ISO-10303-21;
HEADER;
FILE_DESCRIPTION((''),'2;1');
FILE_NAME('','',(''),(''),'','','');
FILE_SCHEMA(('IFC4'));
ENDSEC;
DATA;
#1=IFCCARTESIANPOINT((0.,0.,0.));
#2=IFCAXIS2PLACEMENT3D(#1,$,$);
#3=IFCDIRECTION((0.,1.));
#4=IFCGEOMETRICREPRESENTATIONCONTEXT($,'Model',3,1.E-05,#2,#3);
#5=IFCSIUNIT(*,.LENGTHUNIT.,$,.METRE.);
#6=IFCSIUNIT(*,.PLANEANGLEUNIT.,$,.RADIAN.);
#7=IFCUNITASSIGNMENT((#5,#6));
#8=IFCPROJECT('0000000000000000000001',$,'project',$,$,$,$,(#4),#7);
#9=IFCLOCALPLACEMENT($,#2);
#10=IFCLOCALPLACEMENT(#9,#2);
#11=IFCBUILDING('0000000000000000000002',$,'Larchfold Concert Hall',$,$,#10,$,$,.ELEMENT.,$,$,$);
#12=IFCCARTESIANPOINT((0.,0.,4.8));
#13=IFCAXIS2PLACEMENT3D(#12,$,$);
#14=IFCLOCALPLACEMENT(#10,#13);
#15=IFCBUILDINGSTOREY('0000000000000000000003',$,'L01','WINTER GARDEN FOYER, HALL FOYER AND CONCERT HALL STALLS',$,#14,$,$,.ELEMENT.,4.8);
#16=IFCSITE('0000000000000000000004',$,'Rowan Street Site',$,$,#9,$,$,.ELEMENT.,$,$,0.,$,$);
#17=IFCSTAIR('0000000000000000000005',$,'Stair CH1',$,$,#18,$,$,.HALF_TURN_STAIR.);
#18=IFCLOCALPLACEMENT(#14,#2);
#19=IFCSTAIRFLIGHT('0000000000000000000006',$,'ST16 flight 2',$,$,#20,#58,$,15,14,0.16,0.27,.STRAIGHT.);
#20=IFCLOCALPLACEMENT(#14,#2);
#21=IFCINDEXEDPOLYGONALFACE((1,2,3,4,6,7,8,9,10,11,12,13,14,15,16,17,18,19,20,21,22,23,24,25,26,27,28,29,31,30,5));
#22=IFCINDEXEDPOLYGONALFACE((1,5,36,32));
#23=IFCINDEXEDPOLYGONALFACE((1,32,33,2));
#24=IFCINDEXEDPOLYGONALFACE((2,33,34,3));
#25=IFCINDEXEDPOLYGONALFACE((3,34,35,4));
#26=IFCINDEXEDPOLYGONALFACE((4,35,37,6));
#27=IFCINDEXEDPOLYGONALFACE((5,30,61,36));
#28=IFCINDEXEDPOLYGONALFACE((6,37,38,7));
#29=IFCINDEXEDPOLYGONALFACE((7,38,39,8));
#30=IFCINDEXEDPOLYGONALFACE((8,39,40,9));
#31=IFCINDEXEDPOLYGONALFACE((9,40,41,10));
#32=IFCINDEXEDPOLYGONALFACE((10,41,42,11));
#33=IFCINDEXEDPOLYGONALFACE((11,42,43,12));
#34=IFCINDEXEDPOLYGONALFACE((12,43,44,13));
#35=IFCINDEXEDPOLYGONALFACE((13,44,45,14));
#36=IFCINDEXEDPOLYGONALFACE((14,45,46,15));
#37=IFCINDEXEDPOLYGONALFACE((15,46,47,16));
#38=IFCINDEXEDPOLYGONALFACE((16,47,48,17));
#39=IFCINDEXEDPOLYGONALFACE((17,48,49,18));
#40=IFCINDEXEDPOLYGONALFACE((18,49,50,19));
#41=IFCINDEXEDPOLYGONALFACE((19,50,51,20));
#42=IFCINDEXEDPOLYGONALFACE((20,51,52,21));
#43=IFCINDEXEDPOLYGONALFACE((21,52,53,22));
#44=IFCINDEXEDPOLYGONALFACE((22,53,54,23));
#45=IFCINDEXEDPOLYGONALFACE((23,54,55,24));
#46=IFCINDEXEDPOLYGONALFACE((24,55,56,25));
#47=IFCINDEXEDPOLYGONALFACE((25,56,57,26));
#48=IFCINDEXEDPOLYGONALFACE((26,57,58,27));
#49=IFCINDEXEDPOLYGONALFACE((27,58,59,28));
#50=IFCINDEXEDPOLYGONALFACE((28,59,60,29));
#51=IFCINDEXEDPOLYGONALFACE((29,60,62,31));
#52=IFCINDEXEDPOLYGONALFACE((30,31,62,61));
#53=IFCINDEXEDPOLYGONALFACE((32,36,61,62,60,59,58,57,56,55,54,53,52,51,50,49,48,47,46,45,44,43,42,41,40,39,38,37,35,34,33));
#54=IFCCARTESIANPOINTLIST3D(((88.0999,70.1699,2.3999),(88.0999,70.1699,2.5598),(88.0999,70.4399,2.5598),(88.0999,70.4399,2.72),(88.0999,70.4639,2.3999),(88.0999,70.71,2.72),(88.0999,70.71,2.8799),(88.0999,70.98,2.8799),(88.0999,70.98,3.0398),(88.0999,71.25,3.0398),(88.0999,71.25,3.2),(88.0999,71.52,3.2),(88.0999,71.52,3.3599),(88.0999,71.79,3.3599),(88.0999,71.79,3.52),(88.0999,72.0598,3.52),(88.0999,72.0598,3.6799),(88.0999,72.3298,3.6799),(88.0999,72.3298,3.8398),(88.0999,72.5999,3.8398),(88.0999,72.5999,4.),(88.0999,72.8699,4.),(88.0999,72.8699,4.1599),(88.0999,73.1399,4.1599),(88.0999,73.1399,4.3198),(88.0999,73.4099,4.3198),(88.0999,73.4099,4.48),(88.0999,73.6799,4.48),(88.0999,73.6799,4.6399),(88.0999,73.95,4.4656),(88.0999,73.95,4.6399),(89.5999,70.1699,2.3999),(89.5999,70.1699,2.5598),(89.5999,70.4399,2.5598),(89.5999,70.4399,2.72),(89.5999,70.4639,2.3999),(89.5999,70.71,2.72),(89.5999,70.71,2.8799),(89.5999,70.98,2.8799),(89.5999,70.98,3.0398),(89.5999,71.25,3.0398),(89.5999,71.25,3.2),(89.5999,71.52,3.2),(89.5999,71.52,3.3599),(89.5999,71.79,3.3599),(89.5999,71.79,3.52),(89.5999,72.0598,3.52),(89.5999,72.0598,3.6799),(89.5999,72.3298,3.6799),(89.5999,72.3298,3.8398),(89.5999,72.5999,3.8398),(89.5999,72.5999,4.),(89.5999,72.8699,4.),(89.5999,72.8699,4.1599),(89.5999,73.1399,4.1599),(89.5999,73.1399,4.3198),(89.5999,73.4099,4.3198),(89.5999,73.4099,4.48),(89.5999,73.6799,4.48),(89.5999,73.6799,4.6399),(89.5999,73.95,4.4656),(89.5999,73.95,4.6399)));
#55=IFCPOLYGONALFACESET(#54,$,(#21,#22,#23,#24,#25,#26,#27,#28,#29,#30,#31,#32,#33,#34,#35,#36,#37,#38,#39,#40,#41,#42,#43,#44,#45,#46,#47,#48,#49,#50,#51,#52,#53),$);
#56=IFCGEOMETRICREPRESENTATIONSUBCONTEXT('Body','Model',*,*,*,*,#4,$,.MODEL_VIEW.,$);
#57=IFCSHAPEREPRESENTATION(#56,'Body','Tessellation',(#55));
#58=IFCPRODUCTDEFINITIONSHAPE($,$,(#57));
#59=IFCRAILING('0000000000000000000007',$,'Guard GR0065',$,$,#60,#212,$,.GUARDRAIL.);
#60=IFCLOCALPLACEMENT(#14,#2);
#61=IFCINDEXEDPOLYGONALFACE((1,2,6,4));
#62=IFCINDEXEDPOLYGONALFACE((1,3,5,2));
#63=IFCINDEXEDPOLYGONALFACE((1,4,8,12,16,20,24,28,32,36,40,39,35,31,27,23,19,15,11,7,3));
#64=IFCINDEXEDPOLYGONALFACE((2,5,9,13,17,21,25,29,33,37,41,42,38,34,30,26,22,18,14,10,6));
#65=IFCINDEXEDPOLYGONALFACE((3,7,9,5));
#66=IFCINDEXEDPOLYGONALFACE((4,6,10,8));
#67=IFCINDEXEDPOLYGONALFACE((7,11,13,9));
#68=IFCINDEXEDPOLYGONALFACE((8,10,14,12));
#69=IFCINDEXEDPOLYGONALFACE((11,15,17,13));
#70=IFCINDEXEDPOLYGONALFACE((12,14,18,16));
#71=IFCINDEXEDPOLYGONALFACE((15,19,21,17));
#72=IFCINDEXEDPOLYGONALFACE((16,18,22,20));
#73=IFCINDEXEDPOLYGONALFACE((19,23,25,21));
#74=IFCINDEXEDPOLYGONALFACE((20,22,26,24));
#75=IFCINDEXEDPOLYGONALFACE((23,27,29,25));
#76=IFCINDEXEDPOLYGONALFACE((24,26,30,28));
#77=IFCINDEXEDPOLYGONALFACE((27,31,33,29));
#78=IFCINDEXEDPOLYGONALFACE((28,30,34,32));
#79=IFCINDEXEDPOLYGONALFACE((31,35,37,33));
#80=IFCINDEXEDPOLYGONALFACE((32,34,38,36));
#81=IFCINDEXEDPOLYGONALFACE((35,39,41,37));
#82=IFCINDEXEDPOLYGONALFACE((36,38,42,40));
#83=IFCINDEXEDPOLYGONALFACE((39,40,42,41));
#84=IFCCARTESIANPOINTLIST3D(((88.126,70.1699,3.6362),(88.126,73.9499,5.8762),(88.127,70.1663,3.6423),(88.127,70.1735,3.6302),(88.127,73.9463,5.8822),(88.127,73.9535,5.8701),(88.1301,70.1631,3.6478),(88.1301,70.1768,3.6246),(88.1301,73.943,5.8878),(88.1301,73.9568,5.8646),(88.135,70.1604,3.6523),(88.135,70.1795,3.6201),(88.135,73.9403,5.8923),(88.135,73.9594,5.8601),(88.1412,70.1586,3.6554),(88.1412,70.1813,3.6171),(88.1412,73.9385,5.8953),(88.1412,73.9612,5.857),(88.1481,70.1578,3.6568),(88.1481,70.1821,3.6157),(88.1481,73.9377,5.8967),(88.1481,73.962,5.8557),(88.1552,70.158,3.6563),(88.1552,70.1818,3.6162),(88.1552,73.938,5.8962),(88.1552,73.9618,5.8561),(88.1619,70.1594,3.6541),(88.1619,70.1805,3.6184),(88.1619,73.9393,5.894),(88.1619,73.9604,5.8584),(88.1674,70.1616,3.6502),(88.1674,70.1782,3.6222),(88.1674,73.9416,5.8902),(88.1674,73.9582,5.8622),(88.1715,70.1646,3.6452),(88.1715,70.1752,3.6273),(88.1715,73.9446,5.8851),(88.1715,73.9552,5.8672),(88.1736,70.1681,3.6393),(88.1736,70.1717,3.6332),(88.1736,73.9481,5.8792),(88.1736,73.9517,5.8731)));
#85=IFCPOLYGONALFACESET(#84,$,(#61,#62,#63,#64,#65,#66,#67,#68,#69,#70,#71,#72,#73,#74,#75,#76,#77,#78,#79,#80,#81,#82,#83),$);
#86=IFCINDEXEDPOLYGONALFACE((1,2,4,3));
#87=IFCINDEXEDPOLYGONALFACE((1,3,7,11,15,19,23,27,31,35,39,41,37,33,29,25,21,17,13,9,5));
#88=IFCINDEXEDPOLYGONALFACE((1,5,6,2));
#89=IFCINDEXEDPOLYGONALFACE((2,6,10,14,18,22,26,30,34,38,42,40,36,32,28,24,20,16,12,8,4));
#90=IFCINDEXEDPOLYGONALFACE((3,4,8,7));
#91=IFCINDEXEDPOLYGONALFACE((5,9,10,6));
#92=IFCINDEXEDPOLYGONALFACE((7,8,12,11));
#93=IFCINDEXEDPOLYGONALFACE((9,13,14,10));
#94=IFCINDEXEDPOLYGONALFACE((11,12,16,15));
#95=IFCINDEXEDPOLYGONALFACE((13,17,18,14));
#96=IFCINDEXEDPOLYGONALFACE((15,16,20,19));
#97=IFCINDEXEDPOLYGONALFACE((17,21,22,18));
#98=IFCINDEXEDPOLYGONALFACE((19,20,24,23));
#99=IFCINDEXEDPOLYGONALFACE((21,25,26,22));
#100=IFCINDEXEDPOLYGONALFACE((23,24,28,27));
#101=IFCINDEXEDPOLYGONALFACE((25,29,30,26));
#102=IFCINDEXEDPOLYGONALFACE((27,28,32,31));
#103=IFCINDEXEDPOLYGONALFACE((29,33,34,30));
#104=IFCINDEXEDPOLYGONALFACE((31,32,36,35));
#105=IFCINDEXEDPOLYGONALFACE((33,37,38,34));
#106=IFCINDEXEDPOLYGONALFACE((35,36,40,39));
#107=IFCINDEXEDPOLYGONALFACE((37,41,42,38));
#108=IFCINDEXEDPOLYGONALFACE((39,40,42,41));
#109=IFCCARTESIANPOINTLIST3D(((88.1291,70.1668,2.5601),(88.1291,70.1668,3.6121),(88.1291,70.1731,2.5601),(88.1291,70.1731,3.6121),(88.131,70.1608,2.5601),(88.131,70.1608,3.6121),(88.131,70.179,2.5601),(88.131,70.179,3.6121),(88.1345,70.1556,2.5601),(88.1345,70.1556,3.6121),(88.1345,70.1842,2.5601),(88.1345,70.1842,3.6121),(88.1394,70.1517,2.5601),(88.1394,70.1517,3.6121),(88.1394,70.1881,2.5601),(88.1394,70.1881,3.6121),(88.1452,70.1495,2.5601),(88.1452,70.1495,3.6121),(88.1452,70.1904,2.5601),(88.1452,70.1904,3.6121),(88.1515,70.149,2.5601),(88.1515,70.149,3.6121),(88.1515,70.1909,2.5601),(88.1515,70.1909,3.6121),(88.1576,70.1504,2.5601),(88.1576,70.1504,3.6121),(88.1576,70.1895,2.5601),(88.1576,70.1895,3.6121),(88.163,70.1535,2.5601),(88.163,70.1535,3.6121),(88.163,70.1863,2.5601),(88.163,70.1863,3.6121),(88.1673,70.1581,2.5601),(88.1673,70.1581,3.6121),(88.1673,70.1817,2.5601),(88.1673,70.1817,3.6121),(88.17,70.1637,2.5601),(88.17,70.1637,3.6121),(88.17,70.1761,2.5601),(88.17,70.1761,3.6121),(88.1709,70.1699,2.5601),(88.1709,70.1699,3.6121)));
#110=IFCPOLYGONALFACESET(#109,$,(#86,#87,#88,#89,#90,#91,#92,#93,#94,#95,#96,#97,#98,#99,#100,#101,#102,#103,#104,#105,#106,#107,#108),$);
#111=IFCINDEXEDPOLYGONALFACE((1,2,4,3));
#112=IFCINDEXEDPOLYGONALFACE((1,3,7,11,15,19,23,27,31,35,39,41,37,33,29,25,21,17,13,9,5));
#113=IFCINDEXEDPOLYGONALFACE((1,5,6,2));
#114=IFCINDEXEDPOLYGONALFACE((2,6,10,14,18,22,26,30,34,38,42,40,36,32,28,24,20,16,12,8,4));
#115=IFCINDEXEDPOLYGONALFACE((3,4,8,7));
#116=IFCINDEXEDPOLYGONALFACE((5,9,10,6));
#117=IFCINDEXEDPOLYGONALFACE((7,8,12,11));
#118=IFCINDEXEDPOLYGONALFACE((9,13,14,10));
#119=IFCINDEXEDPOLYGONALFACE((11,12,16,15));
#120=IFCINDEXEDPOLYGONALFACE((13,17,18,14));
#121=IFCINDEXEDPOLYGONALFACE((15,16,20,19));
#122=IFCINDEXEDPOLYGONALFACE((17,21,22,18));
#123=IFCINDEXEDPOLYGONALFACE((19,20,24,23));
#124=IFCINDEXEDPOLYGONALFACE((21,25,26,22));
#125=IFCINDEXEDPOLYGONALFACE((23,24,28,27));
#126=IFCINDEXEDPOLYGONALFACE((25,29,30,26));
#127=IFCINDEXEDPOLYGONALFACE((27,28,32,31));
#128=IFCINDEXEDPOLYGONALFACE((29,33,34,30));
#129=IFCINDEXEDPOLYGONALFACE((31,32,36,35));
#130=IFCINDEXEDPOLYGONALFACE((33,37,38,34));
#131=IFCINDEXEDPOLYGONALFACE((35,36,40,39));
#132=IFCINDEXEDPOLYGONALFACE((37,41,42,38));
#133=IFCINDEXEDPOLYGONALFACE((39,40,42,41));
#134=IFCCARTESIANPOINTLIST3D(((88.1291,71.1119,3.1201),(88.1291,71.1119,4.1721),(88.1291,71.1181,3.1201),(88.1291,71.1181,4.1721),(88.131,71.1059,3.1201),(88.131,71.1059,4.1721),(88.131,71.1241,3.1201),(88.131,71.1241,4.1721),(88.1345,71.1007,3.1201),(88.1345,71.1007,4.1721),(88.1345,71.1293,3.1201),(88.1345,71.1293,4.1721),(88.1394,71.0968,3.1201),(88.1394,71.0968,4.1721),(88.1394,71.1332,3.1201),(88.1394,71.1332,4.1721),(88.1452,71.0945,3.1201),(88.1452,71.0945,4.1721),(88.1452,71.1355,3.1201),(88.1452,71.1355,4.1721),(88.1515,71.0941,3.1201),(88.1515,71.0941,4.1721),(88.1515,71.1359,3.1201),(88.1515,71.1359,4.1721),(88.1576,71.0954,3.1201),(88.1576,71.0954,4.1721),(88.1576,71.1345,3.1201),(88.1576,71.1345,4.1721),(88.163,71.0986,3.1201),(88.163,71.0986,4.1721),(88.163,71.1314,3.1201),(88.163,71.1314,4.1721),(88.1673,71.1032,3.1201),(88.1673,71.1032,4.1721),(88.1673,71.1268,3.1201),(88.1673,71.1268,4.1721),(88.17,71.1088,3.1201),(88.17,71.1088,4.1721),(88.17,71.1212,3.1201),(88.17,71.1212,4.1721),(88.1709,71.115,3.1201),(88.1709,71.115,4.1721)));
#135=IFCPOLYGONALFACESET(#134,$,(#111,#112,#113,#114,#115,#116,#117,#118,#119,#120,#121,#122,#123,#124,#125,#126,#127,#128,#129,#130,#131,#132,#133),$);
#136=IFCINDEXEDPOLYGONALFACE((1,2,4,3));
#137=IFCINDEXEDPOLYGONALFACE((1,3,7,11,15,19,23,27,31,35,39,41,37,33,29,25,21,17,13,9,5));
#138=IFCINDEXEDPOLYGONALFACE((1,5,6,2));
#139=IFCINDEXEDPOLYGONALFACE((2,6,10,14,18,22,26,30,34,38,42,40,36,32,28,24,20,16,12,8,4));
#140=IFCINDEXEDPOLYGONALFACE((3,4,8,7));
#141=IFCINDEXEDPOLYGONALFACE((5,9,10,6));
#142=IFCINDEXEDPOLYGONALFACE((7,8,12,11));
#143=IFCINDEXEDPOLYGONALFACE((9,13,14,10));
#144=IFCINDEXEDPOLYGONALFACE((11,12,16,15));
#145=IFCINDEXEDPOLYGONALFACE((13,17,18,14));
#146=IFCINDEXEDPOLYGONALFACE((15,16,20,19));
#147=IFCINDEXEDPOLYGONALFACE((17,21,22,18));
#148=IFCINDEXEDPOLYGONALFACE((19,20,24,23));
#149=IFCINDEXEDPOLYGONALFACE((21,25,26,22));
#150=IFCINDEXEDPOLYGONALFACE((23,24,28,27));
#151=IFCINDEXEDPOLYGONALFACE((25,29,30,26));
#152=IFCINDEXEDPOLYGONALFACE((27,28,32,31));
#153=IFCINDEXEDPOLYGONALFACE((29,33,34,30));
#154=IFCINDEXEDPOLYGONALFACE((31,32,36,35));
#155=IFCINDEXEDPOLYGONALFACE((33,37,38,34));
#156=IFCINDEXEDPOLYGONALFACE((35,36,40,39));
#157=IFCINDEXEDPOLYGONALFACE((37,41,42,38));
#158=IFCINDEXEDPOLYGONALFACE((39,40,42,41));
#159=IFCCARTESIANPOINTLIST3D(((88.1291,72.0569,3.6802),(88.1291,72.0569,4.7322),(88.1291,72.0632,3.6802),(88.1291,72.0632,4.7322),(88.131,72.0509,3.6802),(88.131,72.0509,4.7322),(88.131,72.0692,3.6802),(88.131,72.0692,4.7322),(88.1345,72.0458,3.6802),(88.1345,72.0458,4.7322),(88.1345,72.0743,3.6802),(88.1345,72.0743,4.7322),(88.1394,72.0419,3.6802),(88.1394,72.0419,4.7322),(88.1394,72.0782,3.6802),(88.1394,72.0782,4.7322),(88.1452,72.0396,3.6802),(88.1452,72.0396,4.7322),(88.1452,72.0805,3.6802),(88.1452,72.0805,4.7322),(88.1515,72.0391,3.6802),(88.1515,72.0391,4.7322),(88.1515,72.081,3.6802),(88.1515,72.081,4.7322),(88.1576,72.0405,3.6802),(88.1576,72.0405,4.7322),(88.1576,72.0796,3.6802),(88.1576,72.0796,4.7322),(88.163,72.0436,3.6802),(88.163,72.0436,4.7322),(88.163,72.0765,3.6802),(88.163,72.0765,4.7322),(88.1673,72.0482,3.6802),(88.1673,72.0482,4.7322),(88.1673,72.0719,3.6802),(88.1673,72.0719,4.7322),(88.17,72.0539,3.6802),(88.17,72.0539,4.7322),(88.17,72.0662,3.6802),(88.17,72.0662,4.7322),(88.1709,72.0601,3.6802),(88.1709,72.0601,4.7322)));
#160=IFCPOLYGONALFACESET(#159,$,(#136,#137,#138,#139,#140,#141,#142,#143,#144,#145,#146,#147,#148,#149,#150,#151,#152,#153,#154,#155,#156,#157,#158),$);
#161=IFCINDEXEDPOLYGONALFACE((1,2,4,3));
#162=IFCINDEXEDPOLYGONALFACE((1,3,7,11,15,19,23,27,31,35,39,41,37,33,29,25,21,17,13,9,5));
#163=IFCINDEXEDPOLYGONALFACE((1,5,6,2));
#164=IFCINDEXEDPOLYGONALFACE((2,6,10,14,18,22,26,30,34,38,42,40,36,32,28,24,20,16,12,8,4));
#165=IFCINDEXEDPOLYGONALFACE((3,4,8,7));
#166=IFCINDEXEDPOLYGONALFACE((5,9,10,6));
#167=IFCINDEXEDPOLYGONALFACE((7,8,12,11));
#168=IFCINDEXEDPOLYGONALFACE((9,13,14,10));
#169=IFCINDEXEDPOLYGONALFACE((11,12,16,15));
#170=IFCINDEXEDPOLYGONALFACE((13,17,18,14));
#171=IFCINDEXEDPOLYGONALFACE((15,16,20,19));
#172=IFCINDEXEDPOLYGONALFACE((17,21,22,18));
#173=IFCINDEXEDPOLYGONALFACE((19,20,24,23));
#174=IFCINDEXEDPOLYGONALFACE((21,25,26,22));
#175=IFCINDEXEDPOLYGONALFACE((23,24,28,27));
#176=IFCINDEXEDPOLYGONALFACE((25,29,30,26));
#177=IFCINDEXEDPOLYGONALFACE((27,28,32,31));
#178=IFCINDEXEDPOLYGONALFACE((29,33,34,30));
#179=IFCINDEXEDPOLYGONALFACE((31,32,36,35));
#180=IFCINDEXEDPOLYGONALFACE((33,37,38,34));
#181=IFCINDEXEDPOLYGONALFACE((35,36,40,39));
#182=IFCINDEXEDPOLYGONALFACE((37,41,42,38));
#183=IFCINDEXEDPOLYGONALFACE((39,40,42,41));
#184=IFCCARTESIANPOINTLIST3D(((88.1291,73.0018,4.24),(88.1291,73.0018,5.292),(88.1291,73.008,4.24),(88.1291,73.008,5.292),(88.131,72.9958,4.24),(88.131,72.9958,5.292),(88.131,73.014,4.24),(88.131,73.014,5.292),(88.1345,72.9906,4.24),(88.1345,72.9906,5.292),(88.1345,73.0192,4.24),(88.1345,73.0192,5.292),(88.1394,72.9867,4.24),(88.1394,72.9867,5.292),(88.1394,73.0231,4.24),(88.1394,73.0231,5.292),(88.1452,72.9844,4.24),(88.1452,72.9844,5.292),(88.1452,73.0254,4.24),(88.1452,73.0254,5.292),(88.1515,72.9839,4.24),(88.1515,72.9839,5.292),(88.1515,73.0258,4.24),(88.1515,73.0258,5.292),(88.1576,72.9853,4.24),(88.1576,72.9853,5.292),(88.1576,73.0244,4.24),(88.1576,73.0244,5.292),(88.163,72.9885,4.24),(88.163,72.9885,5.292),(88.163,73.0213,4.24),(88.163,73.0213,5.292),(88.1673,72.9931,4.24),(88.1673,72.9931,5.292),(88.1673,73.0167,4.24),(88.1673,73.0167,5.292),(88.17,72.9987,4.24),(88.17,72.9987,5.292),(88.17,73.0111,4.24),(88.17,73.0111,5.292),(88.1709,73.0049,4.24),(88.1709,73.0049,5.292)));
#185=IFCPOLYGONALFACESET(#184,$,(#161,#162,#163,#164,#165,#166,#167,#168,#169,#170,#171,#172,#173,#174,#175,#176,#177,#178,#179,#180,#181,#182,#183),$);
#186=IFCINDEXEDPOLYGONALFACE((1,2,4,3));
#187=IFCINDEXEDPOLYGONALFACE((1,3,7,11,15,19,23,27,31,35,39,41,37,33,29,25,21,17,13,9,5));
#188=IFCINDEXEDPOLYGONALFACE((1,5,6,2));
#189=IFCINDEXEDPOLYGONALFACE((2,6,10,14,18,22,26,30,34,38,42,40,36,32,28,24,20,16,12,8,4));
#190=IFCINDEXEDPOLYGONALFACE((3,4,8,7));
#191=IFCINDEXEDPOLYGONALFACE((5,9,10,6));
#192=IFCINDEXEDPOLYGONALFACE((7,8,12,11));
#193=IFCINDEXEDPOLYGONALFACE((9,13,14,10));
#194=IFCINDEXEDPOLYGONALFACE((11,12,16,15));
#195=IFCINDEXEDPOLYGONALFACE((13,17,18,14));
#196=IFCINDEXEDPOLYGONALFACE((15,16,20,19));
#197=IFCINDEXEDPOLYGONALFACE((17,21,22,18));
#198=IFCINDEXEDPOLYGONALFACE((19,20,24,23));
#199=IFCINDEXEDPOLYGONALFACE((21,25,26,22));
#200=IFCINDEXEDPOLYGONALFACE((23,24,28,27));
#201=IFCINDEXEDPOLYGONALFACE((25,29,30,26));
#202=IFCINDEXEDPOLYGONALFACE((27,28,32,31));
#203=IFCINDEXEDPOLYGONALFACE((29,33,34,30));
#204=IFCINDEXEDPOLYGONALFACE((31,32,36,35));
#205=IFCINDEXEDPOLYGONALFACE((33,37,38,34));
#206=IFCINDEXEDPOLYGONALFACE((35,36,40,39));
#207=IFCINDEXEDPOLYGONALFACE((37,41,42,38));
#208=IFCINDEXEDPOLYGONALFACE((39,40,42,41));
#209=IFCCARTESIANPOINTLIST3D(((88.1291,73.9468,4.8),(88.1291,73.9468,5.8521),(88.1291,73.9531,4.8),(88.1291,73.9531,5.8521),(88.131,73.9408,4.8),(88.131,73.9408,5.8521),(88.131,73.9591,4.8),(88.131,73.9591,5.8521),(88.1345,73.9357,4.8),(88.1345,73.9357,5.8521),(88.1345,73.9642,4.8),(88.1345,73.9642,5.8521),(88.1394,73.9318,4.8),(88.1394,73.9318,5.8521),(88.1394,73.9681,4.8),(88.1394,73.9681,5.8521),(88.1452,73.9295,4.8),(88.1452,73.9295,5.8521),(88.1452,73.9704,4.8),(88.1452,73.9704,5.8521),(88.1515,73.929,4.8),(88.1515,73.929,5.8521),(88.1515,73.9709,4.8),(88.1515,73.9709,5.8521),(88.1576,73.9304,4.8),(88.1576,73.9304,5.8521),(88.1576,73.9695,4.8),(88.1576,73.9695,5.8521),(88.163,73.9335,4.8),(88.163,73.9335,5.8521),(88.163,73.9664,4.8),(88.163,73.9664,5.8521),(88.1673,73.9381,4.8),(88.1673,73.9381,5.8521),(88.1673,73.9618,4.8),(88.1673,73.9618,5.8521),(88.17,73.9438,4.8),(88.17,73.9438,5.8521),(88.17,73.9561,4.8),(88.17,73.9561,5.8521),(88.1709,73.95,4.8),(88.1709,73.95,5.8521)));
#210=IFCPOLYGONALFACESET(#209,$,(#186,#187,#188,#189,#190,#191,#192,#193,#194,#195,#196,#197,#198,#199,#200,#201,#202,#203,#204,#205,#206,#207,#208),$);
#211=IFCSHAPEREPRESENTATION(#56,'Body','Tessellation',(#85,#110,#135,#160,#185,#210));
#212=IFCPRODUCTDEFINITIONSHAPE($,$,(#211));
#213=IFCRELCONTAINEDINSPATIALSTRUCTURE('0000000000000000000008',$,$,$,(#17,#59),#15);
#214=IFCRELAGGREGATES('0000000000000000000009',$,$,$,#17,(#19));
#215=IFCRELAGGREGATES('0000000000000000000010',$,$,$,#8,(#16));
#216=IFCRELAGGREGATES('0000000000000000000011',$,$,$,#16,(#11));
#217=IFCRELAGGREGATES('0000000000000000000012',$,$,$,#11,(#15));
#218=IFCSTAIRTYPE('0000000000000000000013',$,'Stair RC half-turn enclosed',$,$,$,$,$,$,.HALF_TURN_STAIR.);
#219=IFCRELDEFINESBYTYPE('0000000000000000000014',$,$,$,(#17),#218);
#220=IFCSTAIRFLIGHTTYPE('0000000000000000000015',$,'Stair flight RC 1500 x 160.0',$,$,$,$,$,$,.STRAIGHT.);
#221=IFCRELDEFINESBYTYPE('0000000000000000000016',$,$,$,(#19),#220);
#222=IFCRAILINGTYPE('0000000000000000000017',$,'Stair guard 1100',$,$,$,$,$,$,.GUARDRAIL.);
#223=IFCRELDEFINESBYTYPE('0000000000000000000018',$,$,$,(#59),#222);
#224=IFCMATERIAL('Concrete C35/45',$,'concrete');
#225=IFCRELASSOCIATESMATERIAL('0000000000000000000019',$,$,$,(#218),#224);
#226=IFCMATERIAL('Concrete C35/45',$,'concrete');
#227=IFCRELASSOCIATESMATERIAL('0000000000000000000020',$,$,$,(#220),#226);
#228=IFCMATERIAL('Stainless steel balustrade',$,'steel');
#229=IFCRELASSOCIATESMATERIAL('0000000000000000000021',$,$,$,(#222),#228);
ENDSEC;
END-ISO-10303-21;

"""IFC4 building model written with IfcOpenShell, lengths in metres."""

from ifc_helpers import new_model, si_unit, direction, frame, origin, origin_2d, place, context, subcontext, project, spatial, polyline, circle, outline, extrude, material, type_object, element, aggregate, save


model = new_model("IFC4")

# Units and contexts
model_context = context("Model", 3, precision=1e-05, world=origin(), true_north=direction((0.0, 1.0)))
body_context = subcontext(model_context, "Body", "Model", "MODEL_VIEW")
ifc_project = project(units=[si_unit("LENGTHUNIT", "METRE"), si_unit("PLANEANGLEUNIT", "RADIAN")], contexts=[model_context])

# Site, building, storey
site_placement = place(None, origin())
site = spatial("IfcSite", under=ifc_project, at=site_placement, Name="Rowan Street Site", CompositionType="ELEMENT", RefElevation=0.0)
building_placement = place(site_placement, origin())
building = spatial("IfcBuilding", under=site, at=building_placement, Name="Larchfold Concert Hall", CompositionType="ELEMENT")
storey_placement = place(building_placement, frame((0.0, 0.0, 4.8)))
storey = spatial("IfcBuildingStorey", under=building, at=storey_placement, Name="L01", Description="WINTER GARDEN FOYER, HALL FOYER AND CONCERT HALL STALLS", CompositionType="ELEMENT", Elevation=4.8)

# Stair, stair flight
ifc_material_1 = material(Name="Concrete C35/45", Category="concrete")
stair_type = type_object("IfcStairType", Name="Stair RC half-turn enclosed", PredefinedType="HALF_TURN_STAIR", material=ifc_material_1)
stair_placement = place(storey_placement, origin())
stair = element("IfcStair", 1, at=stair_placement, inside=storey, type_object=stair_type, Name="Stair CH1", PredefinedType="HALF_TURN_STAIR")
ifc_material_2 = material(Name="Concrete C35/45", Category="concrete")
stair_flight_type = type_object("IfcStairFlightType", Name="Stair flight RC 1500 x 160.0", PredefinedType="STRAIGHT", material=ifc_material_2)
stair_flight_placement = place(storey_placement, frame((88.8499, 70.1699, 2.3999), z_axis=(0.0, 0.0, 1.0), x_axis=(0.0, 1.0, 0.0)))
stair_flight = element("IfcStairFlight", 2, at=stair_flight_placement, type_object=stair_flight_type, Name="ST16 flight 2", NumberOfRisers=15, NumberOfTreads=14, PredefinedType="STRAIGHT", RiserHeight=0.16, TreadLength=0.27, context=body_context, shape_type="SweptSolid", body=[
    extrude(outline(polyline([(0.0, 0.0), (0.0, 0.1599), (0.27, 0.1599), (0.27, 0.3201), (0.54, 0.3201), (0.54, 0.48), (0.8101, 0.48), (0.8101, 0.6399), (1.0801, 0.6399), (1.0801, 0.8), (1.3501, 0.8), (1.3501, 0.96), (1.6201, 0.96), (1.6201, 1.1201), (1.8899, 1.1201), (1.8899, 1.28), (2.1599, 1.28), (2.1599, 1.4399), (2.4299, 1.4399), (2.4299, 1.6001), (2.7, 1.6001), (2.7, 1.76), (2.97, 1.76), (2.97, 1.9199), (3.24, 1.9199), (3.24, 2.0801), (3.51, 2.0801), (3.51, 2.24), (3.78, 2.24), (3.78, 2.3999), (3.78, 2.0657), (0.2939, 0.0), (0.0, 0.0)])), frame((0.0, 0.75, 0.0), z_axis=(0.0, -1.0, 0.0), x_axis=(1.0, 0.0, 0.0)), (0.0, 0.0, 1.0), 1.5),
])
aggregate(stair, [stair_flight])

# Railing
ifc_material_3 = material(Name="Stainless steel balustrade", Category="steel")
railing_type_1 = type_object("IfcRailingType", Name="Stair guard 1100", PredefinedType="GUARDRAIL", material=ifc_material_3)
railing_1_placement = place(storey_placement, frame((88.1499, 70.1699, 2.5601)))
element("IfcRailing", 3, at=railing_1_placement, inside=storey, type_object=railing_type_1, Name="Guard GR0065", PredefinedType="GUARDRAIL", context=body_context, shape_type="SweptSolid", body=[
    extrude(circle(Radius=0.0239, at=origin_2d()), frame((0.0, 0.0, 1.0762), z_axis=(0.0, 0.860294, 0.509798), x_axis=(-1.0, 0.0, 0.0)), (0.0, 0.0, 1.0), 4.3938),
    extrude(circle(Radius=0.021, at=origin_2d()), origin(), (0.0, 0.0, 1.0), 1.052),
    extrude(circle(Radius=0.021, at=origin_2d()), frame((0.0, 0.9451, 0.5601)), (0.0, 0.0, 1.0), 1.052),
    extrude(circle(Radius=0.021, at=origin_2d()), frame((0.0, 1.8901, 1.1201)), (0.0, 0.0, 1.0), 1.052),
    extrude(circle(Radius=0.021, at=origin_2d()), frame((0.0, 2.835, 1.6799)), (0.0, 0.0, 1.0), 1.052),
    extrude(circle(Radius=0.021, at=origin_2d()), frame((0.0, 3.78, 2.24)), (0.0, 0.0, 1.0), 1.052),
])

save(model, "model.ifc")
